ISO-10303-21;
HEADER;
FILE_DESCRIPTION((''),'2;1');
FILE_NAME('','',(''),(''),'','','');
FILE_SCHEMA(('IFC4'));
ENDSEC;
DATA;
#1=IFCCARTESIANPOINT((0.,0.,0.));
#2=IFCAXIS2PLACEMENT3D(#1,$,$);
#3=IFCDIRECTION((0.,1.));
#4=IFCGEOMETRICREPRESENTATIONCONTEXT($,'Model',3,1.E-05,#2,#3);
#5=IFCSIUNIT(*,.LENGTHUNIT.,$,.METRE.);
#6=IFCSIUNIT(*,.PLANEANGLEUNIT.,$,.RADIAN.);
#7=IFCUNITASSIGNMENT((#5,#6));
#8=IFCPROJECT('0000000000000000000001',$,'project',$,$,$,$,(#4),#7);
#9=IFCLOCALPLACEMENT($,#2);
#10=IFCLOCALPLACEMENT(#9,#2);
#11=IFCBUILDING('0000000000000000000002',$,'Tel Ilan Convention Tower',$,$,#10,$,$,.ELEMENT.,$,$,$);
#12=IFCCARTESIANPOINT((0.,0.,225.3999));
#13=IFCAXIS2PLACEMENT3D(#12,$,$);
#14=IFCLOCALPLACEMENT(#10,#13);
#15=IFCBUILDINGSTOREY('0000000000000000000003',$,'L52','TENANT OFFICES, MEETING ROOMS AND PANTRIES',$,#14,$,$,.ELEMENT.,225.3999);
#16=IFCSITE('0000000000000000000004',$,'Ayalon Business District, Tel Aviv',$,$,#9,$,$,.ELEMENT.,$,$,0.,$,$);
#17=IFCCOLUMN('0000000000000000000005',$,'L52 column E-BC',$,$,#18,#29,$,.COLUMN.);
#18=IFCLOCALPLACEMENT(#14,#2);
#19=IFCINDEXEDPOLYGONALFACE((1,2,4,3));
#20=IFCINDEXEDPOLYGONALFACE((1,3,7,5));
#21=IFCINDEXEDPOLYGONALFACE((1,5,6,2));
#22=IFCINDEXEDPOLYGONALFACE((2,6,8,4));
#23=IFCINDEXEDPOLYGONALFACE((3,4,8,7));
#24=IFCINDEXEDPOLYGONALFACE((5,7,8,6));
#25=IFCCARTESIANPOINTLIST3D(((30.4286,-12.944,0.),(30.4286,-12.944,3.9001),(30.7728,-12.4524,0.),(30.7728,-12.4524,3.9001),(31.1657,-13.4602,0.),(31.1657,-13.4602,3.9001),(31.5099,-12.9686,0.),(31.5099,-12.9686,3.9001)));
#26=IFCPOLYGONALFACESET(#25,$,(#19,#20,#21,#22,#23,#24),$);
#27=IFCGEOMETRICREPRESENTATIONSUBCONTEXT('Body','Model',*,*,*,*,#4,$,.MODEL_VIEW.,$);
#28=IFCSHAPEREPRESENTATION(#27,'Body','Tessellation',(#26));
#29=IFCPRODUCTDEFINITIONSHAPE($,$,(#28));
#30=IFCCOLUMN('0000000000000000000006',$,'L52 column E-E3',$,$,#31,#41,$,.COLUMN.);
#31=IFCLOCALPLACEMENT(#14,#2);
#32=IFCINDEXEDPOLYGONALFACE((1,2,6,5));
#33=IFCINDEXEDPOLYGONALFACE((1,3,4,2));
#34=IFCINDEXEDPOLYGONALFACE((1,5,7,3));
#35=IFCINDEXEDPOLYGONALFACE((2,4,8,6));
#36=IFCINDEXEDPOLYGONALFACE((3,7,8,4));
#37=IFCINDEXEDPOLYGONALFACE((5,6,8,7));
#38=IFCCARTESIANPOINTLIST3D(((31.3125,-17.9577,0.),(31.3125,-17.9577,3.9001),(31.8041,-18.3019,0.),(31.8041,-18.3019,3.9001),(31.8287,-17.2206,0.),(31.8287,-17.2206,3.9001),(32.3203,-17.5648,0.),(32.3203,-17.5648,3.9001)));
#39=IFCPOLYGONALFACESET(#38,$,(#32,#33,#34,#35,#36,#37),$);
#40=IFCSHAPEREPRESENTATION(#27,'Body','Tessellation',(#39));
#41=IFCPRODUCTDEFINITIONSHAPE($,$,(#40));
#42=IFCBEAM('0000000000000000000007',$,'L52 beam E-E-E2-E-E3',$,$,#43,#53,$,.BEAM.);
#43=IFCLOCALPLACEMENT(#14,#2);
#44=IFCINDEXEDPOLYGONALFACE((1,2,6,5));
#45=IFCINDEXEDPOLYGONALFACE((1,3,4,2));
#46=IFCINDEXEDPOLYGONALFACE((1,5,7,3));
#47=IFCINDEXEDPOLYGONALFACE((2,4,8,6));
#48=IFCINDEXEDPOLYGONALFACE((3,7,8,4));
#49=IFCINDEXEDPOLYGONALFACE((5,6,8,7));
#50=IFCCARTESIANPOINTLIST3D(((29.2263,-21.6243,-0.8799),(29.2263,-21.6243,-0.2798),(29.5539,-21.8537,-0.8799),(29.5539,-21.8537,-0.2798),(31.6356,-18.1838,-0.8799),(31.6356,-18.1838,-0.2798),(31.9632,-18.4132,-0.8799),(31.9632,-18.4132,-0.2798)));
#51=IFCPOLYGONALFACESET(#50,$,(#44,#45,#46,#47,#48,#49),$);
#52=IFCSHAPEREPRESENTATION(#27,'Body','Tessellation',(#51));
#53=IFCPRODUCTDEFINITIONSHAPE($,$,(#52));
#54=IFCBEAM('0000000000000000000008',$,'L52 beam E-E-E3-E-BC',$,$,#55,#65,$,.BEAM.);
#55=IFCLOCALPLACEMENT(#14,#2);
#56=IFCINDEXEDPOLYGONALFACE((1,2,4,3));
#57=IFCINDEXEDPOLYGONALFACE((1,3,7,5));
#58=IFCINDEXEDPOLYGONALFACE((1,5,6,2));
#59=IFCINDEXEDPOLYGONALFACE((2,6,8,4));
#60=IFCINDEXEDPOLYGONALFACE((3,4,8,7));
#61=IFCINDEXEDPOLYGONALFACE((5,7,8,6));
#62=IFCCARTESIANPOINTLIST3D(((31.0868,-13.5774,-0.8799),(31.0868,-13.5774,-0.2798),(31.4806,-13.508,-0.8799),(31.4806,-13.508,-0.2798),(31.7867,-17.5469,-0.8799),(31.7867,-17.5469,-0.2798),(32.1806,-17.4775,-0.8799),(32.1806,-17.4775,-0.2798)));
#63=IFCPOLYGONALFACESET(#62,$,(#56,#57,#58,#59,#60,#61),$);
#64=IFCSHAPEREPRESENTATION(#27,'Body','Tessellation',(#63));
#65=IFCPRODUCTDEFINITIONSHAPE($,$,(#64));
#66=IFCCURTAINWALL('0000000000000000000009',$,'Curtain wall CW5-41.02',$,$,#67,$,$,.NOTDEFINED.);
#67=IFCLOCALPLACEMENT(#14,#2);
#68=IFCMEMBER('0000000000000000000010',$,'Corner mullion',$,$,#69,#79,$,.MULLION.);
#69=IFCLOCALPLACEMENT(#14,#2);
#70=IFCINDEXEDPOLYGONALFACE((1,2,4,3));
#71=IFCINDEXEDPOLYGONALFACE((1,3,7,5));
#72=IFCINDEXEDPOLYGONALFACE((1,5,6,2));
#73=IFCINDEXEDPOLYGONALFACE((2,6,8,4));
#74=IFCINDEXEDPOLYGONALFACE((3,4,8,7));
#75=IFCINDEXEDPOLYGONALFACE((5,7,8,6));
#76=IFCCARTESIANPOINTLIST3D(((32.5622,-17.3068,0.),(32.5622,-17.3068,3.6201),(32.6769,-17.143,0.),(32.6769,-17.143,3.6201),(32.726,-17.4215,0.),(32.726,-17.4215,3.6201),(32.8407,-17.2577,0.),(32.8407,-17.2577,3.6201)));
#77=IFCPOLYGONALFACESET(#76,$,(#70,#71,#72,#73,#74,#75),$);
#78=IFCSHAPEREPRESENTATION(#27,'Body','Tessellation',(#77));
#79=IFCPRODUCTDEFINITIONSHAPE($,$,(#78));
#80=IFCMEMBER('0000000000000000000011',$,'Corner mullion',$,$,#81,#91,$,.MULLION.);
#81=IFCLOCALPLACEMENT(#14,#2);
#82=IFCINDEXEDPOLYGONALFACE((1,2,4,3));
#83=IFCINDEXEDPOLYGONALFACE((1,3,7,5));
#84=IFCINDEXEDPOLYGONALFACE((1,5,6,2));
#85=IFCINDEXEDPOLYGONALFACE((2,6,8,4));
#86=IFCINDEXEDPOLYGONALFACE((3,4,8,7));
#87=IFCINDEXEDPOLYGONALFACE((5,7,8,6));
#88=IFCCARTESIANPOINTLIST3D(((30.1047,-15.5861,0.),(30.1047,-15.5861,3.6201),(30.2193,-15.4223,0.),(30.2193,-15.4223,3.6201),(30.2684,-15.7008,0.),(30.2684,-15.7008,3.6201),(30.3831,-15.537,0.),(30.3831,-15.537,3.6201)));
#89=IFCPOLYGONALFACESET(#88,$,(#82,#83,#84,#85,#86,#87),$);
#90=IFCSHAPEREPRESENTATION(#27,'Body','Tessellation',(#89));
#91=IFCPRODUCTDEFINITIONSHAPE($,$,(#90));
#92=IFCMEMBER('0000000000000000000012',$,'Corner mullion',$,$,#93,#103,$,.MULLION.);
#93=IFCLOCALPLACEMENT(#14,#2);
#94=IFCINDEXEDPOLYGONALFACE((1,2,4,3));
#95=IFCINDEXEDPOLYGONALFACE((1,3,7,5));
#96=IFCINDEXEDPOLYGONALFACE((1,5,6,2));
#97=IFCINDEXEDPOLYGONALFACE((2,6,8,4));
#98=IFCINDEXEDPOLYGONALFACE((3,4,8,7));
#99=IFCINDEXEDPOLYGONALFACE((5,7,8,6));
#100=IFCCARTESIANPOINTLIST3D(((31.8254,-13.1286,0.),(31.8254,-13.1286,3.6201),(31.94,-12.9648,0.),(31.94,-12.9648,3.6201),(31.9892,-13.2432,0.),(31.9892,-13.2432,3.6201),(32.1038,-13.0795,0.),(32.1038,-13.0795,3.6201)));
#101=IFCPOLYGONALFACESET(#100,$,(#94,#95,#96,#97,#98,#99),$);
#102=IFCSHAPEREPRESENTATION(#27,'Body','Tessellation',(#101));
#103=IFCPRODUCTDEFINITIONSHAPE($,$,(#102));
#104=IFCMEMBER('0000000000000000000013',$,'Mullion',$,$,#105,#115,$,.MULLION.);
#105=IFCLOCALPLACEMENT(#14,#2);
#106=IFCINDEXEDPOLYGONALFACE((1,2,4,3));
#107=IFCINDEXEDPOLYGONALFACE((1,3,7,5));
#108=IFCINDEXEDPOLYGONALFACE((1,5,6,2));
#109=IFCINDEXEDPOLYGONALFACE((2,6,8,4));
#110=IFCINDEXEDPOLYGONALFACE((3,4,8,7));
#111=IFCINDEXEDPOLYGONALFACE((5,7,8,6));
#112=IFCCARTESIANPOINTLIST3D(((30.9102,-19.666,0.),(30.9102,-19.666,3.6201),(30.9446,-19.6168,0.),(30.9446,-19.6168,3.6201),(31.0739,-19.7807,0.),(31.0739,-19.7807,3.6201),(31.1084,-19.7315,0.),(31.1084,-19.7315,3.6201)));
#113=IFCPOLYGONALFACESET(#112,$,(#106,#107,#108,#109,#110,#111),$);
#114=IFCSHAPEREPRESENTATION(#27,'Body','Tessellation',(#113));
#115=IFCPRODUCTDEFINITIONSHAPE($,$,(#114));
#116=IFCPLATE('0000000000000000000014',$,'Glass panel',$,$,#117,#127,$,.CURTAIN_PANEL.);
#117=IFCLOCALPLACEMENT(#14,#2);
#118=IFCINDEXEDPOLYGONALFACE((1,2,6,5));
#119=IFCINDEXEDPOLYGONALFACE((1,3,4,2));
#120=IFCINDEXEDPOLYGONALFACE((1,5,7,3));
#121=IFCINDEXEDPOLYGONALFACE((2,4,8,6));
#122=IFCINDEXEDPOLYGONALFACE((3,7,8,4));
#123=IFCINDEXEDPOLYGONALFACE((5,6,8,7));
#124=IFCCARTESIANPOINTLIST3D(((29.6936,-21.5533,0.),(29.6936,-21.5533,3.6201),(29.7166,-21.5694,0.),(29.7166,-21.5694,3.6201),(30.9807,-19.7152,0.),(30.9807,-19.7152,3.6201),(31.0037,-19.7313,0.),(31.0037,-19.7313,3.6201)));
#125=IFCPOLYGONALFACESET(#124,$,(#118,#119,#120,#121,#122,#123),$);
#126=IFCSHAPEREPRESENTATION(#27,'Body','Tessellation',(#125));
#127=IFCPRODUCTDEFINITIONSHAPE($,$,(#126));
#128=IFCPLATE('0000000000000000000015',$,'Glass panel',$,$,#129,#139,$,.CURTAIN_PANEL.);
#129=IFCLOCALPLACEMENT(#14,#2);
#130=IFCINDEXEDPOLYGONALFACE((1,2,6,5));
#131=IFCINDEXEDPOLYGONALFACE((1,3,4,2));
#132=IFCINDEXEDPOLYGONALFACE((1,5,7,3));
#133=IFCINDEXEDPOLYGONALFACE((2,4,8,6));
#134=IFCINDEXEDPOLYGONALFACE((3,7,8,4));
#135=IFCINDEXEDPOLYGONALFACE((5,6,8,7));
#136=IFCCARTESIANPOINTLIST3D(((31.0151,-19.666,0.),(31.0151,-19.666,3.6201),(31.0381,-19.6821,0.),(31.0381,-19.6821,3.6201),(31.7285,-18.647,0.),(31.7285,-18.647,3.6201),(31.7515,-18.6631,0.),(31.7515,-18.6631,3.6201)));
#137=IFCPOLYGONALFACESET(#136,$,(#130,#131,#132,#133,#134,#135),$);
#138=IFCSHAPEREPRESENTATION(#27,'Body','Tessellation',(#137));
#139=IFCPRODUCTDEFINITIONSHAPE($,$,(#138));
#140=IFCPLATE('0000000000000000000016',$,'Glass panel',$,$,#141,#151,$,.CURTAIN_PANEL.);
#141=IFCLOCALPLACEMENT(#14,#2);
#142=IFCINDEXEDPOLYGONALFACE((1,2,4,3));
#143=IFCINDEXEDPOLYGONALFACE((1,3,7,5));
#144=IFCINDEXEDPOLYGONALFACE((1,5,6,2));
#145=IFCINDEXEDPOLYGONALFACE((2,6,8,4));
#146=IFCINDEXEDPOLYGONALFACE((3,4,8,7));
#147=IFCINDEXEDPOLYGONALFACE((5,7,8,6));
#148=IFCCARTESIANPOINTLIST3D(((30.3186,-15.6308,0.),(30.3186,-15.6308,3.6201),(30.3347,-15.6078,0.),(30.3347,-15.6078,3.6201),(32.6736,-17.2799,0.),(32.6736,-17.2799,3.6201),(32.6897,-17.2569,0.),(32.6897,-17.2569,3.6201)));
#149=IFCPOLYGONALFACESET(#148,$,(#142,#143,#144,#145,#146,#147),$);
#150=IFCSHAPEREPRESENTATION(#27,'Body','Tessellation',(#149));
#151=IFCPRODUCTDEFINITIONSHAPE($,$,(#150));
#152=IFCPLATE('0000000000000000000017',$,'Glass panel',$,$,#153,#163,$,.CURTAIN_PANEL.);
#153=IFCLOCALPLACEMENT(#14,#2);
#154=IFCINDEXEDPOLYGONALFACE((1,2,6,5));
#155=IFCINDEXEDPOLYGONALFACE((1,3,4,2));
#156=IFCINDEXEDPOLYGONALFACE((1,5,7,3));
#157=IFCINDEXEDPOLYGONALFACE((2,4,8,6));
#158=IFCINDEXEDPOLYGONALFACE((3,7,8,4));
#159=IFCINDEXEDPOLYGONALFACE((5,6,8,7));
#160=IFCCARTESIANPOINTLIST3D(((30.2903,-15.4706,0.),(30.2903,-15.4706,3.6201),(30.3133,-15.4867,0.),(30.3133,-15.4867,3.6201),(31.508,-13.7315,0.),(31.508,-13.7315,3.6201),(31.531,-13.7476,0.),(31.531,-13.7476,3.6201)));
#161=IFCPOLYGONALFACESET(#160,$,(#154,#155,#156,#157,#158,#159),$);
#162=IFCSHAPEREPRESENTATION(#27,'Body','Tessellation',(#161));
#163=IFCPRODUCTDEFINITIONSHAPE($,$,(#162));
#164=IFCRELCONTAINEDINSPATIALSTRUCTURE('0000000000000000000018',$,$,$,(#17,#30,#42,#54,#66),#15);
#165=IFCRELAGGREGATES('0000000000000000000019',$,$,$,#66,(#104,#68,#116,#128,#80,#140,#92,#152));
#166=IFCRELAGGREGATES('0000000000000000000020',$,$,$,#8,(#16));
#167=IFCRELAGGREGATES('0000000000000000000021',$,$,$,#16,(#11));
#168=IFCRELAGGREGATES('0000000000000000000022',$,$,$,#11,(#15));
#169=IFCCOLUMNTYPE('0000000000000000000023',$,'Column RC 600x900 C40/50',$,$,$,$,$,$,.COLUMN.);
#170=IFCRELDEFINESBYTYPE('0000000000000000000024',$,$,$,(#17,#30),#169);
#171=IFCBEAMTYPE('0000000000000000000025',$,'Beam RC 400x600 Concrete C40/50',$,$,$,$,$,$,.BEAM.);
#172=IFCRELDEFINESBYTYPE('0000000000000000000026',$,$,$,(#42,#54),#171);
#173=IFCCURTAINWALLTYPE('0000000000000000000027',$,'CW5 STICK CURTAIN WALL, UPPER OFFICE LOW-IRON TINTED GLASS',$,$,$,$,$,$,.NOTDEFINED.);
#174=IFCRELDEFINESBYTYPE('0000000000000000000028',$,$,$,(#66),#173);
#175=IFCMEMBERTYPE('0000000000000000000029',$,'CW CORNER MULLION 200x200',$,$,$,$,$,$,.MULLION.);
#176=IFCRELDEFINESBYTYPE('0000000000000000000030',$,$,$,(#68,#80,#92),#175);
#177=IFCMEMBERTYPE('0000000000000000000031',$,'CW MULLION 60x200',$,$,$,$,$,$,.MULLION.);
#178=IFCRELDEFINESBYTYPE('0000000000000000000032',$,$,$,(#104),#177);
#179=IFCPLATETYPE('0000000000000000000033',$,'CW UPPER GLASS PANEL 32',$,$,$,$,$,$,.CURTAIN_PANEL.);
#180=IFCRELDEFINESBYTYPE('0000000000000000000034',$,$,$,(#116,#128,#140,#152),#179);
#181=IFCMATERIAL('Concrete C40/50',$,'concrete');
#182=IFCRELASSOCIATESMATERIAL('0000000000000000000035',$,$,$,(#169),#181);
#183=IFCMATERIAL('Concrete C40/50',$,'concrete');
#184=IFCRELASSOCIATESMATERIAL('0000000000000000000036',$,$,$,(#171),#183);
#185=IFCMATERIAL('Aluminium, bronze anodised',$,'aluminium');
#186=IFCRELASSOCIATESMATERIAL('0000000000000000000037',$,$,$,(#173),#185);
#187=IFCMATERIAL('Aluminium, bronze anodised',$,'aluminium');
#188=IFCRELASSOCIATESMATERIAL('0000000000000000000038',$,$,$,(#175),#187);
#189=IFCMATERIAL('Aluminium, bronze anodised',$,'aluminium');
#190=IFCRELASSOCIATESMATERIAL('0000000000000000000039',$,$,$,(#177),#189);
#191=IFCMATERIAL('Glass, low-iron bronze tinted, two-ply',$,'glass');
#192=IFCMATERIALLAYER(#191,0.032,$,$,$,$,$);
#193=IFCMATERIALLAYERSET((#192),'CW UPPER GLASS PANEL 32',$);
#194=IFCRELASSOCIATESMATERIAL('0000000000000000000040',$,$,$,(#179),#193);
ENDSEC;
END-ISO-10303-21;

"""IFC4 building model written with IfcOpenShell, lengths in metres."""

from ifc_helpers import new_model, si_unit, direction, frame, origin, origin_2d, place, context, subcontext, project, spatial, rectangle, extrude, material, layer, layer_set, material_profile, profile_set, type_object, element, aggregate, save


model = new_model("IFC4")

# Units and contexts
model_context = context("Model", 3, precision=1e-05, world=origin(), true_north=direction((0.0, 1.0)))
body_context = subcontext(model_context, "Body", "Model", "MODEL_VIEW")
ifc_project = project(units=[si_unit("LENGTHUNIT", "METRE"), si_unit("PLANEANGLEUNIT", "RADIAN")], contexts=[model_context])

# Site, building, storey
site_placement = place(None, origin())
site = spatial("IfcSite", under=ifc_project, at=site_placement, Name="Ayalon Business District, Tel Aviv", CompositionType="ELEMENT", RefElevation=0.0)
building_placement = place(site_placement, origin())
building = spatial("IfcBuilding", under=site, at=building_placement, Name="Tel Ilan Convention Tower", CompositionType="ELEMENT")
storey_placement = place(building_placement, frame((0.0, 0.0, 225.3999)))
storey = spatial("IfcBuildingStorey", under=building, at=storey_placement, Name="L52", Description="TENANT OFFICES, MEETING ROOMS AND PANTRIES", CompositionType="ELEMENT", Elevation=225.3999)

# Columns
ifc_material_1 = material(Name="Concrete C40/50", Category="concrete")
ifc_material_profile_1 = material_profile(ifc_material_1, rectangle(XDim=0.8999, YDim=0.6001, at=origin_2d()), Name="RC 600x900")
ifc_profile_set_1 = profile_set([ifc_material_profile_1], Name="Concrete C40/50")
column_type = type_object("IfcColumnType", Name="Column RC 600x900 C40/50", PredefinedType="COLUMN", material=ifc_profile_set_1)
for number, where, z_axis, x_axis, name in (
    (1, (30.9692, -12.9563, 0.0), (0.0, 0.0, 1.0), (0.819152, -0.573576, 0.0), "L52 column E-BC"),
    (2, (31.8164, -17.7612, 0.0), (0.0, 0.0, 1.0), (0.573576, 0.819152, 0.0), "L52 column E-E3"),
):
    element("IfcColumn", number, at=place(storey_placement, frame(where, z_axis=z_axis, x_axis=x_axis)), inside=storey, type_object=column_type, Name=name, PredefinedType="COLUMN", context=body_context, shape_type="SweptSolid", body=[
        extrude(rectangle(XDim=0.8999, YDim=0.6001, at=origin_2d()), origin(), (0.0, 0.0, 1.0), 3.9001),
    ])

# Beams
ifc_material_2 = material(Name="Concrete C40/50", Category="concrete")
ifc_material_profile_2 = material_profile(ifc_material_2, rectangle(XDim=0.3999, YDim=0.6001, at=origin_2d()), Name="RC 400x600")
ifc_profile_set_2 = profile_set([ifc_material_profile_2], Name="Concrete C40/50")
beam_type = type_object("IfcBeamType", Name="Beam RC 400x600 Concrete C40/50", PredefinedType="BEAM", material=ifc_profile_set_2)
beam_1_placement = place(storey_placement, frame((29.3901, -21.739, -0.5798), z_axis=(0.573603, 0.819134, 0.0), x_axis=(-0.819134, 0.573603, 0.0)))
element("IfcBeam", 3, at=beam_1_placement, inside=storey, type_object=beam_type, Name="L52 beam E-E-E2-E-E3", PredefinedType="BEAM", context=body_context, shape_type="SweptSolid", body=[
    extrude(rectangle(XDim=0.3999, YDim=0.6001, at=origin_2d()), origin(), (0.0, 0.0, 1.0), 4.2002),
])
beam_2_placement = place(storey_placement, frame((31.9836, -17.5122, -0.5798), z_axis=(-0.173654, 0.984807, 0.0), x_axis=(-0.984807, -0.173654, 0.0)))
element("IfcBeam", 4, at=beam_2_placement, inside=storey, type_object=beam_type, Name="L52 beam E-E-E3-E-BC", PredefinedType="BEAM", context=body_context, shape_type="SweptSolid", body=[
    extrude(rectangle(XDim=0.3999, YDim=0.6001, at=origin_2d()), origin(), (0.0, 0.0, 1.0), 4.0308),
])

# Curtain wall, members, plates
ifc_material_3 = material(Name="Aluminium, bronze anodised", Category="aluminium")
curtain_wall_type = type_object("IfcCurtainWallType", Name="CW5 STICK CURTAIN WALL, UPPER OFFICE LOW-IRON TINTED GLASS", PredefinedType="NOTDEFINED", material=ifc_material_3)
curtain_wall_placement = place(storey_placement, origin())
curtain_wall = element("IfcCurtainWall", 5, at=curtain_wall_placement, inside=storey, type_object=curtain_wall_type, Name="Curtain wall CW5-41.02", PredefinedType="NOTDEFINED")
ifc_material_4 = material(Name="Aluminium, bronze anodised", Category="aluminium")
ifc_material_profile_3 = material_profile(ifc_material_4, rectangle(XDim=0.2, YDim=0.2, at=origin_2d()), Name="CW CORNER MULLION 200x200")
ifc_profile_set_3 = profile_set([ifc_material_profile_3], Name="Aluminium, bronze anodised")
member_type_1 = type_object("IfcMemberType", Name="CW CORNER MULLION 200x200", PredefinedType="MULLION", material=ifc_profile_set_3)
member_1_placement = place(storey_placement, frame((32.7014, -17.2822, 0.0), z_axis=(0.0, 0.0, 1.0), x_axis=(0.573576, 0.819152, 0.0)))
member_1 = element("IfcMember", 6, at=member_1_placement, type_object=member_type_1, Name="Corner mullion", PredefinedType="MULLION", context=body_context, shape_type="SweptSolid", body=[
    extrude(rectangle(XDim=0.2, YDim=0.2, at=origin_2d()), origin(), (0.0, 0.0, 1.0), 3.6201),
])
member_2_placement = place(storey_placement, frame((30.2439, -15.5615, 0.0), z_axis=(0.0, 0.0, 1.0), x_axis=(-0.819152, 0.573576, 0.0)))
member_2 = element("IfcMember", 7, at=member_2_placement, type_object=member_type_1, Name="Corner mullion", PredefinedType="MULLION", context=body_context, shape_type="SweptSolid", body=[
    extrude(rectangle(XDim=0.2, YDim=0.2, at=origin_2d()), origin(), (0.0, 0.0, 1.0), 3.6201),
])
member_3_placement = place(storey_placement, frame((31.9646, -13.104, 0.0), z_axis=(0.0, 0.0, 1.0), x_axis=(0.573576, 0.819152, 0.0)))
member_3 = element("IfcMember", 8, at=member_3_placement, type_object=member_type_1, Name="Corner mullion", PredefinedType="MULLION", context=body_context, shape_type="SweptSolid", body=[
    extrude(rectangle(XDim=0.2, YDim=0.2, at=origin_2d()), origin(), (0.0, 0.0, 1.0), 3.6201),
])
ifc_material_5 = material(Name="Aluminium, bronze anodised", Category="aluminium")
ifc_material_profile_4 = material_profile(ifc_material_5, rectangle(XDim=0.0601, YDim=0.2, at=origin_2d()), Name="CW MULLION 60x200")
ifc_profile_set_4 = profile_set([ifc_material_profile_4], Name="Aluminium, bronze anodised")
member_type_2 = type_object("IfcMemberType", Name="CW MULLION 60x200", PredefinedType="MULLION", material=ifc_profile_set_4)
member_4_placement = place(storey_placement, frame((31.0093, -19.6987, 0.0), z_axis=(0.0, 0.0, 1.0), x_axis=(0.573576, 0.819152, 0.0)))
member_4 = element("IfcMember", 9, at=member_4_placement, type_object=member_type_2, Name="Mullion", PredefinedType="MULLION", context=body_context, shape_type="SweptSolid", body=[
    extrude(rectangle(XDim=0.0601, YDim=0.2, at=origin_2d()), origin(), (0.0, 0.0, 1.0), 3.6201),
])
ifc_material_6 = material(Name="Glass, low-iron bronze tinted, two-ply", Category="glass")
ifc_layer_1 = layer(ifc_material_6, 0.032)
ifc_layer_set_1 = layer_set([ifc_layer_1], Name="CW UPPER GLASS PANEL 32")
plate_type = type_object("IfcPlateType", Name="CW UPPER GLASS PANEL 32", PredefinedType="CURTAIN_PANEL", material=ifc_layer_set_1)
plate_1_placement = place(storey_placement, frame((30.3486, -20.6423, 0.0), z_axis=(0.0, 0.0, 1.0), x_axis=(0.573576, 0.819152, 0.0)))
plate_1 = element("IfcPlate", 10, at=plate_1_placement, type_object=plate_type, Name="Glass panel", PredefinedType="CURTAIN_PANEL", context=body_context, shape_type="SweptSolid", body=[
    extrude(rectangle(XDim=2.2439, YDim=0.0281, at=origin_2d()), origin(), (0.0, 0.0, 1.0), 3.6201),
])
plate_2_placement = place(storey_placement, frame((31.3833, -19.1646, 0.0), z_axis=(0.0, 0.0, 1.0), x_axis=(0.573576, 0.819152, 0.0)))
plate_2 = element("IfcPlate", 11, at=plate_2_placement, type_object=plate_type, Name="Glass panel", PredefinedType="CURTAIN_PANEL", context=body_context, shape_type="SweptSolid", body=[
    extrude(rectangle(XDim=1.2439, YDim=0.0281, at=origin_2d()), origin(), (0.0, 0.0, 1.0), 3.6201),
])
plate_3_placement = place(storey_placement, frame((31.5042, -16.4438, 0.0), z_axis=(0.0, 0.0, 1.0), x_axis=(-0.819152, 0.573576, 0.0)))
plate_3 = element("IfcPlate", 12, at=plate_3_placement, type_object=plate_type, Name="Glass panel", PredefinedType="CURTAIN_PANEL", context=body_context, shape_type="SweptSolid", body=[
    extrude(rectangle(XDim=2.875, YDim=0.0281, at=origin_2d()), origin(), (0.0, 0.0, 1.0), 3.6201),
])
plate_4_placement = place(storey_placement, frame((30.9106, -14.6091, 0.0), z_axis=(0.0, 0.0, 1.0), x_axis=(0.573576, 0.819152, 0.0)))
plate_4 = element("IfcPlate", 13, at=plate_4_placement, type_object=plate_type, Name="Glass panel", PredefinedType="CURTAIN_PANEL", context=body_context, shape_type="SweptSolid", body=[
    extrude(rectangle(XDim=2.123, YDim=0.0281, at=origin_2d()), origin(), (0.0, 0.0, 1.0), 3.6201),
])
aggregate(curtain_wall, [member_4, member_1, plate_1, plate_2, member_2, plate_3, member_3, plate_4])

save(model, "model.ifc")
